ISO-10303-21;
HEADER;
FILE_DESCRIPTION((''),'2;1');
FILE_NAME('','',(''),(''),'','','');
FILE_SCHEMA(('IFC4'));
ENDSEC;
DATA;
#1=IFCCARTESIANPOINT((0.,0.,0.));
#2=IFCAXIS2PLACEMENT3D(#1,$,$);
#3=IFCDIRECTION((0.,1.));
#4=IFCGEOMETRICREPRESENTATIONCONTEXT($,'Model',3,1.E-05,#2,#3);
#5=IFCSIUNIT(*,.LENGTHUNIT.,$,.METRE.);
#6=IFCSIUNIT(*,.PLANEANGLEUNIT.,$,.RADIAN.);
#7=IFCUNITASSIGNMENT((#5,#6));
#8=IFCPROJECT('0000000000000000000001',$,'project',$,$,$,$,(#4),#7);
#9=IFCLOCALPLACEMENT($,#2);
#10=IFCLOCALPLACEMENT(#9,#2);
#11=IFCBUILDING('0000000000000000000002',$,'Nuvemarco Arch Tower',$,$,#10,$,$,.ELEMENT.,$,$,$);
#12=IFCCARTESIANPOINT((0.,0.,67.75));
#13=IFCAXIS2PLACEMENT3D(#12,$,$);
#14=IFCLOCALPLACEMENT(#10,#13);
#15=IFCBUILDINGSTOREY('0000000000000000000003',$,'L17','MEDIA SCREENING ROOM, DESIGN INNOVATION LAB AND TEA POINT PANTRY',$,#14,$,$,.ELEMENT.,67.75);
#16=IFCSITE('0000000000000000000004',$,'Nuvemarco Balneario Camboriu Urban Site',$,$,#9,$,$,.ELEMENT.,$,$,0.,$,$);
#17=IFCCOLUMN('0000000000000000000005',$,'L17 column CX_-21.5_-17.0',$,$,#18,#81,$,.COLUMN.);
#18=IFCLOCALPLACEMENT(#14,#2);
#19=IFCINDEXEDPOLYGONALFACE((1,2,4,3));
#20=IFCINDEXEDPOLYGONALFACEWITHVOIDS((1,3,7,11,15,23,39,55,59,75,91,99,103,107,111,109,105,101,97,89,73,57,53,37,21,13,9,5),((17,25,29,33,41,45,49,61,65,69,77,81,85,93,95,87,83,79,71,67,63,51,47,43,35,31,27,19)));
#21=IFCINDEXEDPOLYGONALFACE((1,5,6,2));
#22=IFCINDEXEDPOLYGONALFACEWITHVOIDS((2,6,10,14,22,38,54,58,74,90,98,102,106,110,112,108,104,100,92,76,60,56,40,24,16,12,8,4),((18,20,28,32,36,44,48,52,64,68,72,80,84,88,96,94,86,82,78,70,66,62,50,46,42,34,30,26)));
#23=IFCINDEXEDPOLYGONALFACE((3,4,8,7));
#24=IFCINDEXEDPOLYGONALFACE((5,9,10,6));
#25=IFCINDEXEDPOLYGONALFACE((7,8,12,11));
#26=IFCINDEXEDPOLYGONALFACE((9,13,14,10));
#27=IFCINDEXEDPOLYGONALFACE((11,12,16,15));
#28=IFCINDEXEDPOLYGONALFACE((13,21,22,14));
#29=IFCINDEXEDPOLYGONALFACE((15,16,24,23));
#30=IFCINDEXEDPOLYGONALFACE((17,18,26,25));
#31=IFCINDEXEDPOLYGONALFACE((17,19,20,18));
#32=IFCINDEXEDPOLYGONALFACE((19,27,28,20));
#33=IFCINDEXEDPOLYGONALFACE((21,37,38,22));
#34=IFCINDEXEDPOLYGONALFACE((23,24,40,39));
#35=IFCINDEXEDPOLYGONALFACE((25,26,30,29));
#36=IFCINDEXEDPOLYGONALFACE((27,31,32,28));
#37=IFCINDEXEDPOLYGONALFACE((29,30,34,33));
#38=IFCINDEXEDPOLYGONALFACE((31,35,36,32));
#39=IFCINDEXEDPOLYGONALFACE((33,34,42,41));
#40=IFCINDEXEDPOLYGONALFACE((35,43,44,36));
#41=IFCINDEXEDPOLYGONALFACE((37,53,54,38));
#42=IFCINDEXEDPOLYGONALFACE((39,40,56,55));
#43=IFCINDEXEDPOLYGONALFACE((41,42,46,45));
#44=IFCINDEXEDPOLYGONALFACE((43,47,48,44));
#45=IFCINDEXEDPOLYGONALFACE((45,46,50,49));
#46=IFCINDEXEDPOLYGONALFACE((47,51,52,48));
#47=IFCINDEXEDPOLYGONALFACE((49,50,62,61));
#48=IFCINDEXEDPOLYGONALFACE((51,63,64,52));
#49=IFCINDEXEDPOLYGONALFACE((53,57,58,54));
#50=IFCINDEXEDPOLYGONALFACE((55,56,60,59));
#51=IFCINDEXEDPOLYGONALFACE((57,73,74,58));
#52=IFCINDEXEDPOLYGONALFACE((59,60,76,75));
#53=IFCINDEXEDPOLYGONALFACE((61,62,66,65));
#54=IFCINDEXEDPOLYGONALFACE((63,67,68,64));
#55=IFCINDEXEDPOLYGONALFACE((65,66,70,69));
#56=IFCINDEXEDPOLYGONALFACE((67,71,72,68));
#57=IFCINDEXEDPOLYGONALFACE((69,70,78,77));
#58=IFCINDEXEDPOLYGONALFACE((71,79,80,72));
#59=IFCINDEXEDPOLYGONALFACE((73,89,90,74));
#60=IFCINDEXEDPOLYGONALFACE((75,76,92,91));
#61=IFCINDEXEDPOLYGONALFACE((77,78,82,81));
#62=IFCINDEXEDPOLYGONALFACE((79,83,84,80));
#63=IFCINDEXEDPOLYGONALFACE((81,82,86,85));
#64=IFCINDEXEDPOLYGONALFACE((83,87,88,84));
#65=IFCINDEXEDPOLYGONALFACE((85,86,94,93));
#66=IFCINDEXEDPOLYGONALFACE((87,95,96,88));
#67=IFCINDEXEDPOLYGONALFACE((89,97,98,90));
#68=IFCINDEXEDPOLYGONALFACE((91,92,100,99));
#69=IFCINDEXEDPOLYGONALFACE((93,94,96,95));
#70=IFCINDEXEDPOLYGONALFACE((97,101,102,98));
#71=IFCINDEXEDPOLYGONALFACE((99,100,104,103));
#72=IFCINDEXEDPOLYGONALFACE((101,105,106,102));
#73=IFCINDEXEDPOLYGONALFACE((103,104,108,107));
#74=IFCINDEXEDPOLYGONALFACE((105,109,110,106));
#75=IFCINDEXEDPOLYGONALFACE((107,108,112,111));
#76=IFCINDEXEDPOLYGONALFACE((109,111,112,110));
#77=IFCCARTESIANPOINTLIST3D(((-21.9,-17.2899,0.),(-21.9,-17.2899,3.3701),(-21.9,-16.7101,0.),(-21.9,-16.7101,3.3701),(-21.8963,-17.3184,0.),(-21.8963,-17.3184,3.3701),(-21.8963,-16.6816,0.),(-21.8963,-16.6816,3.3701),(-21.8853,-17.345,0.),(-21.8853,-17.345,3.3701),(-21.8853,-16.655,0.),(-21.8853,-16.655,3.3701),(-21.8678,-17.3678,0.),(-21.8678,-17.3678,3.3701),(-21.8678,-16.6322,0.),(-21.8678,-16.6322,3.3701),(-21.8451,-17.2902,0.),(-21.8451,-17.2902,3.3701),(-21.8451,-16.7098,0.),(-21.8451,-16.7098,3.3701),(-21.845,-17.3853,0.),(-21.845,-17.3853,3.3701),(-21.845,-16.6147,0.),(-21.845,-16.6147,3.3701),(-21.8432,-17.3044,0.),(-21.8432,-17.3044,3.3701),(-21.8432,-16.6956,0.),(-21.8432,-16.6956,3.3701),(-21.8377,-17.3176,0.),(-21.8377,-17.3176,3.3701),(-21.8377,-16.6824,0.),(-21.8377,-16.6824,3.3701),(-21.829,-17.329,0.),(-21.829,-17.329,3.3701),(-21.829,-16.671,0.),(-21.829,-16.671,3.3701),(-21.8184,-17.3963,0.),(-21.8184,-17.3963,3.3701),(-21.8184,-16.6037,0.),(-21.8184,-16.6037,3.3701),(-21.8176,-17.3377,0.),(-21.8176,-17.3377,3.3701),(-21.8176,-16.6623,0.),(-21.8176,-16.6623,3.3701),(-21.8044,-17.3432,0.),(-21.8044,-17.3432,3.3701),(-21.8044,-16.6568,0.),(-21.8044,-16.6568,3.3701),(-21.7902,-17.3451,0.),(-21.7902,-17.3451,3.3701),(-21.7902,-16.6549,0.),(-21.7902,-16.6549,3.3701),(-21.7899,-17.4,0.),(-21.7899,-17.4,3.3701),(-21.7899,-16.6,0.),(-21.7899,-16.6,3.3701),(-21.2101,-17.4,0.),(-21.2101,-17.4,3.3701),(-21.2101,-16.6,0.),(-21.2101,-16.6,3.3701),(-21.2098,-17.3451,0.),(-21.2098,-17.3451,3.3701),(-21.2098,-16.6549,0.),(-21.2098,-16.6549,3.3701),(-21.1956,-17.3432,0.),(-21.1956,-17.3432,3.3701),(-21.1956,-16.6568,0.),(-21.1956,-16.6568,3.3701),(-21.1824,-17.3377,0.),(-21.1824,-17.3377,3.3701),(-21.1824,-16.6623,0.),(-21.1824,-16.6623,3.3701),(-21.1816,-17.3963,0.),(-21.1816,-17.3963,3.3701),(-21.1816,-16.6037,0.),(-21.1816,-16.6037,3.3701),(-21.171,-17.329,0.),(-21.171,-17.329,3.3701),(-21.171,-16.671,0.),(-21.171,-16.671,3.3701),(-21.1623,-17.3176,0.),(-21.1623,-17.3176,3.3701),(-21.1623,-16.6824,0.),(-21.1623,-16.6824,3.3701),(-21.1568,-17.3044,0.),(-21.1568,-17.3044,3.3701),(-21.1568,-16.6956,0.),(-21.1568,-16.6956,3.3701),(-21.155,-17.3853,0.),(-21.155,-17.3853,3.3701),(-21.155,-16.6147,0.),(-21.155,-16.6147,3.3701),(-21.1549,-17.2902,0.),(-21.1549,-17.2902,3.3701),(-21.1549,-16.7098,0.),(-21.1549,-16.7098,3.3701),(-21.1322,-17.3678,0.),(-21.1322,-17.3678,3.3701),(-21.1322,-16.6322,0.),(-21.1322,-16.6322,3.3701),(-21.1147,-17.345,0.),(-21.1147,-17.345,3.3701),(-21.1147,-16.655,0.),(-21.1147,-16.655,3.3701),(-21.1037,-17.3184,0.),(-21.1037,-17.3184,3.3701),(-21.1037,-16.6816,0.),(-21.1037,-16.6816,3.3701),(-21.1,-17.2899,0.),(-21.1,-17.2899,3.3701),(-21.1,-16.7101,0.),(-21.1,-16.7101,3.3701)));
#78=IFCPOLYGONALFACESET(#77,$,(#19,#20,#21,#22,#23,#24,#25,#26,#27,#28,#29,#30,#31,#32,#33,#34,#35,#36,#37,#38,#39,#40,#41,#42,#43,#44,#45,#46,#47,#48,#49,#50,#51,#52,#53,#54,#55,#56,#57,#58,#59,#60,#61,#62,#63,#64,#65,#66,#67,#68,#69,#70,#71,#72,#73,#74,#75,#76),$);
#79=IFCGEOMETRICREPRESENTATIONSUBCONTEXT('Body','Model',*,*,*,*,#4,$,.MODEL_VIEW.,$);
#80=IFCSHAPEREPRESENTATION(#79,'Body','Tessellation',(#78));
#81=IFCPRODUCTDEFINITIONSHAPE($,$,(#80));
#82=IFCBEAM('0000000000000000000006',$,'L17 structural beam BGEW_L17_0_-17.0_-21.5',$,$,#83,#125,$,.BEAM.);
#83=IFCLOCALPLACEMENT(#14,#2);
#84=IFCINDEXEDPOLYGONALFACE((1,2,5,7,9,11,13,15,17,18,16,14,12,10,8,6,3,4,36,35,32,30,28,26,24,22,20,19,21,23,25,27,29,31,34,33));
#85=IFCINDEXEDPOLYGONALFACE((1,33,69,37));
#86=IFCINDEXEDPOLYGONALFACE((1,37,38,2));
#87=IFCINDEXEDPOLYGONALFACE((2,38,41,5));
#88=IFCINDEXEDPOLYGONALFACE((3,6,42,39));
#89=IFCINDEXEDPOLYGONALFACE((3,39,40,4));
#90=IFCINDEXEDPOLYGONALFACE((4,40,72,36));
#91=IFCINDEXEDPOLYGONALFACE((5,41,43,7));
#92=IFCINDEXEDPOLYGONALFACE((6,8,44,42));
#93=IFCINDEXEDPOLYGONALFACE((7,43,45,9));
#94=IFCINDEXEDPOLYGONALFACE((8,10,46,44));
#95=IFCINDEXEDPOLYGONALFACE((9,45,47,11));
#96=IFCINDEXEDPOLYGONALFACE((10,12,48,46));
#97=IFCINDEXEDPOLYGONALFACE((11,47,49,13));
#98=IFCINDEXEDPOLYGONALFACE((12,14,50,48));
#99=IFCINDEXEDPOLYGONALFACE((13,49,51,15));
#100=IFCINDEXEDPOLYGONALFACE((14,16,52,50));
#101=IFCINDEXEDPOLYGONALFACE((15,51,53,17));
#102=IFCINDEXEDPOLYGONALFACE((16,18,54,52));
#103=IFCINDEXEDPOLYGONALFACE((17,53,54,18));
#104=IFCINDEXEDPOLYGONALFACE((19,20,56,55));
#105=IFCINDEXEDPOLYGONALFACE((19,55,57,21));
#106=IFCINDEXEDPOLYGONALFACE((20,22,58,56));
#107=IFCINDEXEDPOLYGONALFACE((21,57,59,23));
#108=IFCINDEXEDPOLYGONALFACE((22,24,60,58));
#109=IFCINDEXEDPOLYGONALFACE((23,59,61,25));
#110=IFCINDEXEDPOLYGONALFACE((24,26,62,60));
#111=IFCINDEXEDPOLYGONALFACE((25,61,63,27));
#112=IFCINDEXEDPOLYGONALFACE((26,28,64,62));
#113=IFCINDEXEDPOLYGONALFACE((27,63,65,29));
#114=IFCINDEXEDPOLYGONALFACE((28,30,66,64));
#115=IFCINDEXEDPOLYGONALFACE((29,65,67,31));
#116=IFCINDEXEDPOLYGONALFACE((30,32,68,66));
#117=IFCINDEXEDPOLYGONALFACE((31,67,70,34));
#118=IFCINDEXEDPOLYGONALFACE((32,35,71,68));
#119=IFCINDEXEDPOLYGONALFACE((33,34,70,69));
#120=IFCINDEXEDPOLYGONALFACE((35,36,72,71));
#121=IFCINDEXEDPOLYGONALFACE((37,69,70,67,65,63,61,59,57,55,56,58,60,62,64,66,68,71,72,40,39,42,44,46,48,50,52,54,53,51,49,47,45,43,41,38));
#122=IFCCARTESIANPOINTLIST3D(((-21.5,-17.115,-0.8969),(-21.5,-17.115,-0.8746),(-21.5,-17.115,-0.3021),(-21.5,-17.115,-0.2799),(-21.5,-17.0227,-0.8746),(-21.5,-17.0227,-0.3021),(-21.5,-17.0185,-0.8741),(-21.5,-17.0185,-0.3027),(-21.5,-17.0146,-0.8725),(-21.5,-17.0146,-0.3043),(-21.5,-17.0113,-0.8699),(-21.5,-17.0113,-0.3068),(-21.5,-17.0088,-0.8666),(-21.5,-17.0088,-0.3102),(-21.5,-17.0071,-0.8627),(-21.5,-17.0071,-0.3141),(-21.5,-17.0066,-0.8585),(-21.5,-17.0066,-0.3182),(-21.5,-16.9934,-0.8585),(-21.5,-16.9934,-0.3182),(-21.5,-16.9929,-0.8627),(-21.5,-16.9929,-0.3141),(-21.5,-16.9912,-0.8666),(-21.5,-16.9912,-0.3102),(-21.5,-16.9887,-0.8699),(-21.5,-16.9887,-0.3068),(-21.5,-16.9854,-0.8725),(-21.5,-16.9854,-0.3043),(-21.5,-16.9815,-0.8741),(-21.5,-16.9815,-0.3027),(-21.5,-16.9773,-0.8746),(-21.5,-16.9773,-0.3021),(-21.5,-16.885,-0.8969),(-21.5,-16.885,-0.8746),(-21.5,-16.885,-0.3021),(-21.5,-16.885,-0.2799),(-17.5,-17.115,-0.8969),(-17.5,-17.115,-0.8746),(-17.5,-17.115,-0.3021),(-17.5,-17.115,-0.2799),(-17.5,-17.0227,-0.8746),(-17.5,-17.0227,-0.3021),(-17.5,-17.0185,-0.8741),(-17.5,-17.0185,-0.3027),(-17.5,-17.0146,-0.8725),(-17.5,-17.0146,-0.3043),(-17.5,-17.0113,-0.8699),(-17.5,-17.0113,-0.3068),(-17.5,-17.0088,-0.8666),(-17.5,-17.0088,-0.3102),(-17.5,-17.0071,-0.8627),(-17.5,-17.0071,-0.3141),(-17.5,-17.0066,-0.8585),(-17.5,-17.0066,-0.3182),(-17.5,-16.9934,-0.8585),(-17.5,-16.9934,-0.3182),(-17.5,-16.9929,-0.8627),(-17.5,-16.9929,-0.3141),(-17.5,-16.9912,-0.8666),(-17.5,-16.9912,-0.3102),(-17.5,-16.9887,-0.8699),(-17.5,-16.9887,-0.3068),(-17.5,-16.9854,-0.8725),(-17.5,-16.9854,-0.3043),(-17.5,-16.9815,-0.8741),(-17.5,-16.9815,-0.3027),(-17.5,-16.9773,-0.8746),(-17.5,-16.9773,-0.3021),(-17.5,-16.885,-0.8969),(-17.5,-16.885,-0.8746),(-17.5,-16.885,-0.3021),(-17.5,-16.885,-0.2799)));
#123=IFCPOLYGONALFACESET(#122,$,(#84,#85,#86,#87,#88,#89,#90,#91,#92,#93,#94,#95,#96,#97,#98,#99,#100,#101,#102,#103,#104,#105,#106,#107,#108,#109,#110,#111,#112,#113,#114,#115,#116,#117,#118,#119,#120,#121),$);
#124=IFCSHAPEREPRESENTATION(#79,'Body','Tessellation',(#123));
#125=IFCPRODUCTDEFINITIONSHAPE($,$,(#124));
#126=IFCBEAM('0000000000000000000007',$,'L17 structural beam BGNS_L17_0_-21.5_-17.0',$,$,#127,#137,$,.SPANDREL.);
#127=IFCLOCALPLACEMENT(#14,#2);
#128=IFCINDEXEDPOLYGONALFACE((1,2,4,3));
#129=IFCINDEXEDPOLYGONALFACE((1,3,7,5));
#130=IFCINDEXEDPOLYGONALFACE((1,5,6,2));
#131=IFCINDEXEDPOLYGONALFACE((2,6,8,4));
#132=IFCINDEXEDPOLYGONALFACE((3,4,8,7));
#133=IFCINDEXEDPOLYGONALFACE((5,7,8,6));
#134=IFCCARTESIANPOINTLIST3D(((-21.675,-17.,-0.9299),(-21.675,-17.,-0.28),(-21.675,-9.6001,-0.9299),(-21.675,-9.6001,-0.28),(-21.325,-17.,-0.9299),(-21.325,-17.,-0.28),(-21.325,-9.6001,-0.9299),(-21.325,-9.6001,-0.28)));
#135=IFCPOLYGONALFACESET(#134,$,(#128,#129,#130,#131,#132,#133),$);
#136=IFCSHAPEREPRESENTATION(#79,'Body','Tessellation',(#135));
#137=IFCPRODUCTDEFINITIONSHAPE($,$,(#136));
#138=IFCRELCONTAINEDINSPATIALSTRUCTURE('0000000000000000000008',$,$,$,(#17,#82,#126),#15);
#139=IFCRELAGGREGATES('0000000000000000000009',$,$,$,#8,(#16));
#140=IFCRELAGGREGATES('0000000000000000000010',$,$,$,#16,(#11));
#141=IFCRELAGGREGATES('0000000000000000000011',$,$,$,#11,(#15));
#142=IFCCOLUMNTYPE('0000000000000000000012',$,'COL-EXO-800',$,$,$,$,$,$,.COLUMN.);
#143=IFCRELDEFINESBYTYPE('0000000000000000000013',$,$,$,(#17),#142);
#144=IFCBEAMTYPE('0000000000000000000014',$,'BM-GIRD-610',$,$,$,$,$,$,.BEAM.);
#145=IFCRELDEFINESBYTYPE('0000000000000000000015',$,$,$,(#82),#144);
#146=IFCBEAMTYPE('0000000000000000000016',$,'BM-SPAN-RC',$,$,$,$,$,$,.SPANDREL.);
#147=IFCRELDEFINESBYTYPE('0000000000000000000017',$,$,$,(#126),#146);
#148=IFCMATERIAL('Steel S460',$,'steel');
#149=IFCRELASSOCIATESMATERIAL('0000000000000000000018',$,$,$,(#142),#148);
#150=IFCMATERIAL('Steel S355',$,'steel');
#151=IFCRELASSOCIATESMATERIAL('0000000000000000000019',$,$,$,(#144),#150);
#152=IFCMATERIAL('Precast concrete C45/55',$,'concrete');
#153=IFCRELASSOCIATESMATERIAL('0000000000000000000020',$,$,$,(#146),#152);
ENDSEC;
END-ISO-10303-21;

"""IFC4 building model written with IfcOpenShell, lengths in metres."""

from ifc_helpers import new_model, si_unit, direction, frame, origin, origin_2d, place, context, subcontext, project, spatial, rectangle, hollow_rectangle, i_section, extrude, material, material_profile, profile_set, type_object, element, save


model = new_model("IFC4")

# Units and contexts
model_context = context("Model", 3, precision=1e-05, world=origin(), true_north=direction((0.0, 1.0)))
body_context = subcontext(model_context, "Body", "Model", "MODEL_VIEW")
ifc_project = project(units=[si_unit("LENGTHUNIT", "METRE"), si_unit("PLANEANGLEUNIT", "RADIAN")], contexts=[model_context])

# Site, building, storey
site_placement = place(None, origin())
site = spatial("IfcSite", under=ifc_project, at=site_placement, Name="Nuvemarco Balneario Camboriu Urban Site", CompositionType="ELEMENT", RefElevation=0.0)
building_placement = place(site_placement, origin())
building = spatial("IfcBuilding", under=site, at=building_placement, Name="Nuvemarco Arch Tower", CompositionType="ELEMENT")
storey_placement = place(building_placement, frame((0.0, 0.0, 67.75)))
storey = spatial("IfcBuildingStorey", under=building, at=storey_placement, Name="L17", Description="MEDIA SCREENING ROOM, DESIGN INNOVATION LAB AND TEA POINT PANTRY", CompositionType="ELEMENT", Elevation=67.75)

# Column
ifc_material_1 = material(Name="Steel S460", Category="steel")
ifc_material_profile_1 = material_profile(ifc_material_1, hollow_rectangle(XDim=0.8, YDim=0.8, WallThickness=0.0549, InnerFilletRadius=0.0549, OuterFilletRadius=0.1101, at=origin_2d()), Name="SHS800x800x55")
ifc_profile_set_1 = profile_set([ifc_material_profile_1], Name="Steel S460")
column_type = type_object("IfcColumnType", Name="COL-EXO-800", PredefinedType="COLUMN", material=ifc_profile_set_1)
column_placement = place(storey_placement, frame((-21.5, -17.0, 0.0), z_axis=(0.0, 0.0, 1.0), x_axis=(1.0, 0.0, 0.0)))
element("IfcColumn", 1, at=column_placement, inside=storey, type_object=column_type, Name="L17 column CX_-21.5_-17.0", PredefinedType="COLUMN", context=body_context, shape_type="SweptSolid", body=[
    extrude(hollow_rectangle(XDim=0.8, YDim=0.8, WallThickness=0.0549, InnerFilletRadius=0.0549, OuterFilletRadius=0.1101, at=origin_2d()), origin(), (0.0, 0.0, 1.0), 3.3701),
])

# Beams
ifc_material_2 = material(Name="Steel S355", Category="steel")
ifc_material_profile_2 = material_profile(ifc_material_2, i_section(OverallWidth=0.23, OverallDepth=0.6169, WebThickness=0.0132, FlangeThickness=0.0222, FilletRadius=0.0161, at=origin_2d()), Name="W610x140")
ifc_profile_set_2 = profile_set([ifc_material_profile_2], Name="Steel S355")
beam_type_1 = type_object("IfcBeamType", Name="BM-GIRD-610", PredefinedType="BEAM", material=ifc_profile_set_2)
beam_1_placement = place(storey_placement, frame((-21.5, -17.0, -0.5884), z_axis=(1.0, 0.0, 0.0), x_axis=(0.0, 1.0, 0.0)))
element("IfcBeam", 2, at=beam_1_placement, inside=storey, type_object=beam_type_1, Name="L17 structural beam BGEW_L17_0_-17.0_-21.5", PredefinedType="BEAM", context=body_context, shape_type="SweptSolid", body=[
    extrude(i_section(OverallWidth=0.23, OverallDepth=0.6169, WebThickness=0.0132, FlangeThickness=0.0222, FilletRadius=0.0161, at=origin_2d()), origin(), (0.0, 0.0, 1.0), 4.0),
])
ifc_material_3 = material(Name="Precast concrete C45/55", Category="concrete")
ifc_material_profile_3 = material_profile(ifc_material_3, rectangle(XDim=0.3501, YDim=0.6499, at=origin_2d()), Name="PC-SP-350x650")
ifc_profile_set_3 = profile_set([ifc_material_profile_3], Name="Precast concrete C45/55")
beam_type_2 = type_object("IfcBeamType", Name="BM-SPAN-RC", PredefinedType="SPANDREL", material=ifc_profile_set_3)
beam_2_placement = place(storey_placement, frame((-21.5, -17.0, -0.605), z_axis=(0.0, 1.0, 0.0), x_axis=(-1.0, 0.0, 0.0)))
element("IfcBeam", 3, at=beam_2_placement, inside=storey, type_object=beam_type_2, Name="L17 structural beam BGNS_L17_0_-21.5_-17.0", PredefinedType="SPANDREL", context=body_context, shape_type="SweptSolid", body=[
    extrude(rectangle(XDim=0.3501, YDim=0.6499, at=origin_2d()), origin(), (0.0, 0.0, 1.0), 7.3999),
])

save(model, "model.ifc")
